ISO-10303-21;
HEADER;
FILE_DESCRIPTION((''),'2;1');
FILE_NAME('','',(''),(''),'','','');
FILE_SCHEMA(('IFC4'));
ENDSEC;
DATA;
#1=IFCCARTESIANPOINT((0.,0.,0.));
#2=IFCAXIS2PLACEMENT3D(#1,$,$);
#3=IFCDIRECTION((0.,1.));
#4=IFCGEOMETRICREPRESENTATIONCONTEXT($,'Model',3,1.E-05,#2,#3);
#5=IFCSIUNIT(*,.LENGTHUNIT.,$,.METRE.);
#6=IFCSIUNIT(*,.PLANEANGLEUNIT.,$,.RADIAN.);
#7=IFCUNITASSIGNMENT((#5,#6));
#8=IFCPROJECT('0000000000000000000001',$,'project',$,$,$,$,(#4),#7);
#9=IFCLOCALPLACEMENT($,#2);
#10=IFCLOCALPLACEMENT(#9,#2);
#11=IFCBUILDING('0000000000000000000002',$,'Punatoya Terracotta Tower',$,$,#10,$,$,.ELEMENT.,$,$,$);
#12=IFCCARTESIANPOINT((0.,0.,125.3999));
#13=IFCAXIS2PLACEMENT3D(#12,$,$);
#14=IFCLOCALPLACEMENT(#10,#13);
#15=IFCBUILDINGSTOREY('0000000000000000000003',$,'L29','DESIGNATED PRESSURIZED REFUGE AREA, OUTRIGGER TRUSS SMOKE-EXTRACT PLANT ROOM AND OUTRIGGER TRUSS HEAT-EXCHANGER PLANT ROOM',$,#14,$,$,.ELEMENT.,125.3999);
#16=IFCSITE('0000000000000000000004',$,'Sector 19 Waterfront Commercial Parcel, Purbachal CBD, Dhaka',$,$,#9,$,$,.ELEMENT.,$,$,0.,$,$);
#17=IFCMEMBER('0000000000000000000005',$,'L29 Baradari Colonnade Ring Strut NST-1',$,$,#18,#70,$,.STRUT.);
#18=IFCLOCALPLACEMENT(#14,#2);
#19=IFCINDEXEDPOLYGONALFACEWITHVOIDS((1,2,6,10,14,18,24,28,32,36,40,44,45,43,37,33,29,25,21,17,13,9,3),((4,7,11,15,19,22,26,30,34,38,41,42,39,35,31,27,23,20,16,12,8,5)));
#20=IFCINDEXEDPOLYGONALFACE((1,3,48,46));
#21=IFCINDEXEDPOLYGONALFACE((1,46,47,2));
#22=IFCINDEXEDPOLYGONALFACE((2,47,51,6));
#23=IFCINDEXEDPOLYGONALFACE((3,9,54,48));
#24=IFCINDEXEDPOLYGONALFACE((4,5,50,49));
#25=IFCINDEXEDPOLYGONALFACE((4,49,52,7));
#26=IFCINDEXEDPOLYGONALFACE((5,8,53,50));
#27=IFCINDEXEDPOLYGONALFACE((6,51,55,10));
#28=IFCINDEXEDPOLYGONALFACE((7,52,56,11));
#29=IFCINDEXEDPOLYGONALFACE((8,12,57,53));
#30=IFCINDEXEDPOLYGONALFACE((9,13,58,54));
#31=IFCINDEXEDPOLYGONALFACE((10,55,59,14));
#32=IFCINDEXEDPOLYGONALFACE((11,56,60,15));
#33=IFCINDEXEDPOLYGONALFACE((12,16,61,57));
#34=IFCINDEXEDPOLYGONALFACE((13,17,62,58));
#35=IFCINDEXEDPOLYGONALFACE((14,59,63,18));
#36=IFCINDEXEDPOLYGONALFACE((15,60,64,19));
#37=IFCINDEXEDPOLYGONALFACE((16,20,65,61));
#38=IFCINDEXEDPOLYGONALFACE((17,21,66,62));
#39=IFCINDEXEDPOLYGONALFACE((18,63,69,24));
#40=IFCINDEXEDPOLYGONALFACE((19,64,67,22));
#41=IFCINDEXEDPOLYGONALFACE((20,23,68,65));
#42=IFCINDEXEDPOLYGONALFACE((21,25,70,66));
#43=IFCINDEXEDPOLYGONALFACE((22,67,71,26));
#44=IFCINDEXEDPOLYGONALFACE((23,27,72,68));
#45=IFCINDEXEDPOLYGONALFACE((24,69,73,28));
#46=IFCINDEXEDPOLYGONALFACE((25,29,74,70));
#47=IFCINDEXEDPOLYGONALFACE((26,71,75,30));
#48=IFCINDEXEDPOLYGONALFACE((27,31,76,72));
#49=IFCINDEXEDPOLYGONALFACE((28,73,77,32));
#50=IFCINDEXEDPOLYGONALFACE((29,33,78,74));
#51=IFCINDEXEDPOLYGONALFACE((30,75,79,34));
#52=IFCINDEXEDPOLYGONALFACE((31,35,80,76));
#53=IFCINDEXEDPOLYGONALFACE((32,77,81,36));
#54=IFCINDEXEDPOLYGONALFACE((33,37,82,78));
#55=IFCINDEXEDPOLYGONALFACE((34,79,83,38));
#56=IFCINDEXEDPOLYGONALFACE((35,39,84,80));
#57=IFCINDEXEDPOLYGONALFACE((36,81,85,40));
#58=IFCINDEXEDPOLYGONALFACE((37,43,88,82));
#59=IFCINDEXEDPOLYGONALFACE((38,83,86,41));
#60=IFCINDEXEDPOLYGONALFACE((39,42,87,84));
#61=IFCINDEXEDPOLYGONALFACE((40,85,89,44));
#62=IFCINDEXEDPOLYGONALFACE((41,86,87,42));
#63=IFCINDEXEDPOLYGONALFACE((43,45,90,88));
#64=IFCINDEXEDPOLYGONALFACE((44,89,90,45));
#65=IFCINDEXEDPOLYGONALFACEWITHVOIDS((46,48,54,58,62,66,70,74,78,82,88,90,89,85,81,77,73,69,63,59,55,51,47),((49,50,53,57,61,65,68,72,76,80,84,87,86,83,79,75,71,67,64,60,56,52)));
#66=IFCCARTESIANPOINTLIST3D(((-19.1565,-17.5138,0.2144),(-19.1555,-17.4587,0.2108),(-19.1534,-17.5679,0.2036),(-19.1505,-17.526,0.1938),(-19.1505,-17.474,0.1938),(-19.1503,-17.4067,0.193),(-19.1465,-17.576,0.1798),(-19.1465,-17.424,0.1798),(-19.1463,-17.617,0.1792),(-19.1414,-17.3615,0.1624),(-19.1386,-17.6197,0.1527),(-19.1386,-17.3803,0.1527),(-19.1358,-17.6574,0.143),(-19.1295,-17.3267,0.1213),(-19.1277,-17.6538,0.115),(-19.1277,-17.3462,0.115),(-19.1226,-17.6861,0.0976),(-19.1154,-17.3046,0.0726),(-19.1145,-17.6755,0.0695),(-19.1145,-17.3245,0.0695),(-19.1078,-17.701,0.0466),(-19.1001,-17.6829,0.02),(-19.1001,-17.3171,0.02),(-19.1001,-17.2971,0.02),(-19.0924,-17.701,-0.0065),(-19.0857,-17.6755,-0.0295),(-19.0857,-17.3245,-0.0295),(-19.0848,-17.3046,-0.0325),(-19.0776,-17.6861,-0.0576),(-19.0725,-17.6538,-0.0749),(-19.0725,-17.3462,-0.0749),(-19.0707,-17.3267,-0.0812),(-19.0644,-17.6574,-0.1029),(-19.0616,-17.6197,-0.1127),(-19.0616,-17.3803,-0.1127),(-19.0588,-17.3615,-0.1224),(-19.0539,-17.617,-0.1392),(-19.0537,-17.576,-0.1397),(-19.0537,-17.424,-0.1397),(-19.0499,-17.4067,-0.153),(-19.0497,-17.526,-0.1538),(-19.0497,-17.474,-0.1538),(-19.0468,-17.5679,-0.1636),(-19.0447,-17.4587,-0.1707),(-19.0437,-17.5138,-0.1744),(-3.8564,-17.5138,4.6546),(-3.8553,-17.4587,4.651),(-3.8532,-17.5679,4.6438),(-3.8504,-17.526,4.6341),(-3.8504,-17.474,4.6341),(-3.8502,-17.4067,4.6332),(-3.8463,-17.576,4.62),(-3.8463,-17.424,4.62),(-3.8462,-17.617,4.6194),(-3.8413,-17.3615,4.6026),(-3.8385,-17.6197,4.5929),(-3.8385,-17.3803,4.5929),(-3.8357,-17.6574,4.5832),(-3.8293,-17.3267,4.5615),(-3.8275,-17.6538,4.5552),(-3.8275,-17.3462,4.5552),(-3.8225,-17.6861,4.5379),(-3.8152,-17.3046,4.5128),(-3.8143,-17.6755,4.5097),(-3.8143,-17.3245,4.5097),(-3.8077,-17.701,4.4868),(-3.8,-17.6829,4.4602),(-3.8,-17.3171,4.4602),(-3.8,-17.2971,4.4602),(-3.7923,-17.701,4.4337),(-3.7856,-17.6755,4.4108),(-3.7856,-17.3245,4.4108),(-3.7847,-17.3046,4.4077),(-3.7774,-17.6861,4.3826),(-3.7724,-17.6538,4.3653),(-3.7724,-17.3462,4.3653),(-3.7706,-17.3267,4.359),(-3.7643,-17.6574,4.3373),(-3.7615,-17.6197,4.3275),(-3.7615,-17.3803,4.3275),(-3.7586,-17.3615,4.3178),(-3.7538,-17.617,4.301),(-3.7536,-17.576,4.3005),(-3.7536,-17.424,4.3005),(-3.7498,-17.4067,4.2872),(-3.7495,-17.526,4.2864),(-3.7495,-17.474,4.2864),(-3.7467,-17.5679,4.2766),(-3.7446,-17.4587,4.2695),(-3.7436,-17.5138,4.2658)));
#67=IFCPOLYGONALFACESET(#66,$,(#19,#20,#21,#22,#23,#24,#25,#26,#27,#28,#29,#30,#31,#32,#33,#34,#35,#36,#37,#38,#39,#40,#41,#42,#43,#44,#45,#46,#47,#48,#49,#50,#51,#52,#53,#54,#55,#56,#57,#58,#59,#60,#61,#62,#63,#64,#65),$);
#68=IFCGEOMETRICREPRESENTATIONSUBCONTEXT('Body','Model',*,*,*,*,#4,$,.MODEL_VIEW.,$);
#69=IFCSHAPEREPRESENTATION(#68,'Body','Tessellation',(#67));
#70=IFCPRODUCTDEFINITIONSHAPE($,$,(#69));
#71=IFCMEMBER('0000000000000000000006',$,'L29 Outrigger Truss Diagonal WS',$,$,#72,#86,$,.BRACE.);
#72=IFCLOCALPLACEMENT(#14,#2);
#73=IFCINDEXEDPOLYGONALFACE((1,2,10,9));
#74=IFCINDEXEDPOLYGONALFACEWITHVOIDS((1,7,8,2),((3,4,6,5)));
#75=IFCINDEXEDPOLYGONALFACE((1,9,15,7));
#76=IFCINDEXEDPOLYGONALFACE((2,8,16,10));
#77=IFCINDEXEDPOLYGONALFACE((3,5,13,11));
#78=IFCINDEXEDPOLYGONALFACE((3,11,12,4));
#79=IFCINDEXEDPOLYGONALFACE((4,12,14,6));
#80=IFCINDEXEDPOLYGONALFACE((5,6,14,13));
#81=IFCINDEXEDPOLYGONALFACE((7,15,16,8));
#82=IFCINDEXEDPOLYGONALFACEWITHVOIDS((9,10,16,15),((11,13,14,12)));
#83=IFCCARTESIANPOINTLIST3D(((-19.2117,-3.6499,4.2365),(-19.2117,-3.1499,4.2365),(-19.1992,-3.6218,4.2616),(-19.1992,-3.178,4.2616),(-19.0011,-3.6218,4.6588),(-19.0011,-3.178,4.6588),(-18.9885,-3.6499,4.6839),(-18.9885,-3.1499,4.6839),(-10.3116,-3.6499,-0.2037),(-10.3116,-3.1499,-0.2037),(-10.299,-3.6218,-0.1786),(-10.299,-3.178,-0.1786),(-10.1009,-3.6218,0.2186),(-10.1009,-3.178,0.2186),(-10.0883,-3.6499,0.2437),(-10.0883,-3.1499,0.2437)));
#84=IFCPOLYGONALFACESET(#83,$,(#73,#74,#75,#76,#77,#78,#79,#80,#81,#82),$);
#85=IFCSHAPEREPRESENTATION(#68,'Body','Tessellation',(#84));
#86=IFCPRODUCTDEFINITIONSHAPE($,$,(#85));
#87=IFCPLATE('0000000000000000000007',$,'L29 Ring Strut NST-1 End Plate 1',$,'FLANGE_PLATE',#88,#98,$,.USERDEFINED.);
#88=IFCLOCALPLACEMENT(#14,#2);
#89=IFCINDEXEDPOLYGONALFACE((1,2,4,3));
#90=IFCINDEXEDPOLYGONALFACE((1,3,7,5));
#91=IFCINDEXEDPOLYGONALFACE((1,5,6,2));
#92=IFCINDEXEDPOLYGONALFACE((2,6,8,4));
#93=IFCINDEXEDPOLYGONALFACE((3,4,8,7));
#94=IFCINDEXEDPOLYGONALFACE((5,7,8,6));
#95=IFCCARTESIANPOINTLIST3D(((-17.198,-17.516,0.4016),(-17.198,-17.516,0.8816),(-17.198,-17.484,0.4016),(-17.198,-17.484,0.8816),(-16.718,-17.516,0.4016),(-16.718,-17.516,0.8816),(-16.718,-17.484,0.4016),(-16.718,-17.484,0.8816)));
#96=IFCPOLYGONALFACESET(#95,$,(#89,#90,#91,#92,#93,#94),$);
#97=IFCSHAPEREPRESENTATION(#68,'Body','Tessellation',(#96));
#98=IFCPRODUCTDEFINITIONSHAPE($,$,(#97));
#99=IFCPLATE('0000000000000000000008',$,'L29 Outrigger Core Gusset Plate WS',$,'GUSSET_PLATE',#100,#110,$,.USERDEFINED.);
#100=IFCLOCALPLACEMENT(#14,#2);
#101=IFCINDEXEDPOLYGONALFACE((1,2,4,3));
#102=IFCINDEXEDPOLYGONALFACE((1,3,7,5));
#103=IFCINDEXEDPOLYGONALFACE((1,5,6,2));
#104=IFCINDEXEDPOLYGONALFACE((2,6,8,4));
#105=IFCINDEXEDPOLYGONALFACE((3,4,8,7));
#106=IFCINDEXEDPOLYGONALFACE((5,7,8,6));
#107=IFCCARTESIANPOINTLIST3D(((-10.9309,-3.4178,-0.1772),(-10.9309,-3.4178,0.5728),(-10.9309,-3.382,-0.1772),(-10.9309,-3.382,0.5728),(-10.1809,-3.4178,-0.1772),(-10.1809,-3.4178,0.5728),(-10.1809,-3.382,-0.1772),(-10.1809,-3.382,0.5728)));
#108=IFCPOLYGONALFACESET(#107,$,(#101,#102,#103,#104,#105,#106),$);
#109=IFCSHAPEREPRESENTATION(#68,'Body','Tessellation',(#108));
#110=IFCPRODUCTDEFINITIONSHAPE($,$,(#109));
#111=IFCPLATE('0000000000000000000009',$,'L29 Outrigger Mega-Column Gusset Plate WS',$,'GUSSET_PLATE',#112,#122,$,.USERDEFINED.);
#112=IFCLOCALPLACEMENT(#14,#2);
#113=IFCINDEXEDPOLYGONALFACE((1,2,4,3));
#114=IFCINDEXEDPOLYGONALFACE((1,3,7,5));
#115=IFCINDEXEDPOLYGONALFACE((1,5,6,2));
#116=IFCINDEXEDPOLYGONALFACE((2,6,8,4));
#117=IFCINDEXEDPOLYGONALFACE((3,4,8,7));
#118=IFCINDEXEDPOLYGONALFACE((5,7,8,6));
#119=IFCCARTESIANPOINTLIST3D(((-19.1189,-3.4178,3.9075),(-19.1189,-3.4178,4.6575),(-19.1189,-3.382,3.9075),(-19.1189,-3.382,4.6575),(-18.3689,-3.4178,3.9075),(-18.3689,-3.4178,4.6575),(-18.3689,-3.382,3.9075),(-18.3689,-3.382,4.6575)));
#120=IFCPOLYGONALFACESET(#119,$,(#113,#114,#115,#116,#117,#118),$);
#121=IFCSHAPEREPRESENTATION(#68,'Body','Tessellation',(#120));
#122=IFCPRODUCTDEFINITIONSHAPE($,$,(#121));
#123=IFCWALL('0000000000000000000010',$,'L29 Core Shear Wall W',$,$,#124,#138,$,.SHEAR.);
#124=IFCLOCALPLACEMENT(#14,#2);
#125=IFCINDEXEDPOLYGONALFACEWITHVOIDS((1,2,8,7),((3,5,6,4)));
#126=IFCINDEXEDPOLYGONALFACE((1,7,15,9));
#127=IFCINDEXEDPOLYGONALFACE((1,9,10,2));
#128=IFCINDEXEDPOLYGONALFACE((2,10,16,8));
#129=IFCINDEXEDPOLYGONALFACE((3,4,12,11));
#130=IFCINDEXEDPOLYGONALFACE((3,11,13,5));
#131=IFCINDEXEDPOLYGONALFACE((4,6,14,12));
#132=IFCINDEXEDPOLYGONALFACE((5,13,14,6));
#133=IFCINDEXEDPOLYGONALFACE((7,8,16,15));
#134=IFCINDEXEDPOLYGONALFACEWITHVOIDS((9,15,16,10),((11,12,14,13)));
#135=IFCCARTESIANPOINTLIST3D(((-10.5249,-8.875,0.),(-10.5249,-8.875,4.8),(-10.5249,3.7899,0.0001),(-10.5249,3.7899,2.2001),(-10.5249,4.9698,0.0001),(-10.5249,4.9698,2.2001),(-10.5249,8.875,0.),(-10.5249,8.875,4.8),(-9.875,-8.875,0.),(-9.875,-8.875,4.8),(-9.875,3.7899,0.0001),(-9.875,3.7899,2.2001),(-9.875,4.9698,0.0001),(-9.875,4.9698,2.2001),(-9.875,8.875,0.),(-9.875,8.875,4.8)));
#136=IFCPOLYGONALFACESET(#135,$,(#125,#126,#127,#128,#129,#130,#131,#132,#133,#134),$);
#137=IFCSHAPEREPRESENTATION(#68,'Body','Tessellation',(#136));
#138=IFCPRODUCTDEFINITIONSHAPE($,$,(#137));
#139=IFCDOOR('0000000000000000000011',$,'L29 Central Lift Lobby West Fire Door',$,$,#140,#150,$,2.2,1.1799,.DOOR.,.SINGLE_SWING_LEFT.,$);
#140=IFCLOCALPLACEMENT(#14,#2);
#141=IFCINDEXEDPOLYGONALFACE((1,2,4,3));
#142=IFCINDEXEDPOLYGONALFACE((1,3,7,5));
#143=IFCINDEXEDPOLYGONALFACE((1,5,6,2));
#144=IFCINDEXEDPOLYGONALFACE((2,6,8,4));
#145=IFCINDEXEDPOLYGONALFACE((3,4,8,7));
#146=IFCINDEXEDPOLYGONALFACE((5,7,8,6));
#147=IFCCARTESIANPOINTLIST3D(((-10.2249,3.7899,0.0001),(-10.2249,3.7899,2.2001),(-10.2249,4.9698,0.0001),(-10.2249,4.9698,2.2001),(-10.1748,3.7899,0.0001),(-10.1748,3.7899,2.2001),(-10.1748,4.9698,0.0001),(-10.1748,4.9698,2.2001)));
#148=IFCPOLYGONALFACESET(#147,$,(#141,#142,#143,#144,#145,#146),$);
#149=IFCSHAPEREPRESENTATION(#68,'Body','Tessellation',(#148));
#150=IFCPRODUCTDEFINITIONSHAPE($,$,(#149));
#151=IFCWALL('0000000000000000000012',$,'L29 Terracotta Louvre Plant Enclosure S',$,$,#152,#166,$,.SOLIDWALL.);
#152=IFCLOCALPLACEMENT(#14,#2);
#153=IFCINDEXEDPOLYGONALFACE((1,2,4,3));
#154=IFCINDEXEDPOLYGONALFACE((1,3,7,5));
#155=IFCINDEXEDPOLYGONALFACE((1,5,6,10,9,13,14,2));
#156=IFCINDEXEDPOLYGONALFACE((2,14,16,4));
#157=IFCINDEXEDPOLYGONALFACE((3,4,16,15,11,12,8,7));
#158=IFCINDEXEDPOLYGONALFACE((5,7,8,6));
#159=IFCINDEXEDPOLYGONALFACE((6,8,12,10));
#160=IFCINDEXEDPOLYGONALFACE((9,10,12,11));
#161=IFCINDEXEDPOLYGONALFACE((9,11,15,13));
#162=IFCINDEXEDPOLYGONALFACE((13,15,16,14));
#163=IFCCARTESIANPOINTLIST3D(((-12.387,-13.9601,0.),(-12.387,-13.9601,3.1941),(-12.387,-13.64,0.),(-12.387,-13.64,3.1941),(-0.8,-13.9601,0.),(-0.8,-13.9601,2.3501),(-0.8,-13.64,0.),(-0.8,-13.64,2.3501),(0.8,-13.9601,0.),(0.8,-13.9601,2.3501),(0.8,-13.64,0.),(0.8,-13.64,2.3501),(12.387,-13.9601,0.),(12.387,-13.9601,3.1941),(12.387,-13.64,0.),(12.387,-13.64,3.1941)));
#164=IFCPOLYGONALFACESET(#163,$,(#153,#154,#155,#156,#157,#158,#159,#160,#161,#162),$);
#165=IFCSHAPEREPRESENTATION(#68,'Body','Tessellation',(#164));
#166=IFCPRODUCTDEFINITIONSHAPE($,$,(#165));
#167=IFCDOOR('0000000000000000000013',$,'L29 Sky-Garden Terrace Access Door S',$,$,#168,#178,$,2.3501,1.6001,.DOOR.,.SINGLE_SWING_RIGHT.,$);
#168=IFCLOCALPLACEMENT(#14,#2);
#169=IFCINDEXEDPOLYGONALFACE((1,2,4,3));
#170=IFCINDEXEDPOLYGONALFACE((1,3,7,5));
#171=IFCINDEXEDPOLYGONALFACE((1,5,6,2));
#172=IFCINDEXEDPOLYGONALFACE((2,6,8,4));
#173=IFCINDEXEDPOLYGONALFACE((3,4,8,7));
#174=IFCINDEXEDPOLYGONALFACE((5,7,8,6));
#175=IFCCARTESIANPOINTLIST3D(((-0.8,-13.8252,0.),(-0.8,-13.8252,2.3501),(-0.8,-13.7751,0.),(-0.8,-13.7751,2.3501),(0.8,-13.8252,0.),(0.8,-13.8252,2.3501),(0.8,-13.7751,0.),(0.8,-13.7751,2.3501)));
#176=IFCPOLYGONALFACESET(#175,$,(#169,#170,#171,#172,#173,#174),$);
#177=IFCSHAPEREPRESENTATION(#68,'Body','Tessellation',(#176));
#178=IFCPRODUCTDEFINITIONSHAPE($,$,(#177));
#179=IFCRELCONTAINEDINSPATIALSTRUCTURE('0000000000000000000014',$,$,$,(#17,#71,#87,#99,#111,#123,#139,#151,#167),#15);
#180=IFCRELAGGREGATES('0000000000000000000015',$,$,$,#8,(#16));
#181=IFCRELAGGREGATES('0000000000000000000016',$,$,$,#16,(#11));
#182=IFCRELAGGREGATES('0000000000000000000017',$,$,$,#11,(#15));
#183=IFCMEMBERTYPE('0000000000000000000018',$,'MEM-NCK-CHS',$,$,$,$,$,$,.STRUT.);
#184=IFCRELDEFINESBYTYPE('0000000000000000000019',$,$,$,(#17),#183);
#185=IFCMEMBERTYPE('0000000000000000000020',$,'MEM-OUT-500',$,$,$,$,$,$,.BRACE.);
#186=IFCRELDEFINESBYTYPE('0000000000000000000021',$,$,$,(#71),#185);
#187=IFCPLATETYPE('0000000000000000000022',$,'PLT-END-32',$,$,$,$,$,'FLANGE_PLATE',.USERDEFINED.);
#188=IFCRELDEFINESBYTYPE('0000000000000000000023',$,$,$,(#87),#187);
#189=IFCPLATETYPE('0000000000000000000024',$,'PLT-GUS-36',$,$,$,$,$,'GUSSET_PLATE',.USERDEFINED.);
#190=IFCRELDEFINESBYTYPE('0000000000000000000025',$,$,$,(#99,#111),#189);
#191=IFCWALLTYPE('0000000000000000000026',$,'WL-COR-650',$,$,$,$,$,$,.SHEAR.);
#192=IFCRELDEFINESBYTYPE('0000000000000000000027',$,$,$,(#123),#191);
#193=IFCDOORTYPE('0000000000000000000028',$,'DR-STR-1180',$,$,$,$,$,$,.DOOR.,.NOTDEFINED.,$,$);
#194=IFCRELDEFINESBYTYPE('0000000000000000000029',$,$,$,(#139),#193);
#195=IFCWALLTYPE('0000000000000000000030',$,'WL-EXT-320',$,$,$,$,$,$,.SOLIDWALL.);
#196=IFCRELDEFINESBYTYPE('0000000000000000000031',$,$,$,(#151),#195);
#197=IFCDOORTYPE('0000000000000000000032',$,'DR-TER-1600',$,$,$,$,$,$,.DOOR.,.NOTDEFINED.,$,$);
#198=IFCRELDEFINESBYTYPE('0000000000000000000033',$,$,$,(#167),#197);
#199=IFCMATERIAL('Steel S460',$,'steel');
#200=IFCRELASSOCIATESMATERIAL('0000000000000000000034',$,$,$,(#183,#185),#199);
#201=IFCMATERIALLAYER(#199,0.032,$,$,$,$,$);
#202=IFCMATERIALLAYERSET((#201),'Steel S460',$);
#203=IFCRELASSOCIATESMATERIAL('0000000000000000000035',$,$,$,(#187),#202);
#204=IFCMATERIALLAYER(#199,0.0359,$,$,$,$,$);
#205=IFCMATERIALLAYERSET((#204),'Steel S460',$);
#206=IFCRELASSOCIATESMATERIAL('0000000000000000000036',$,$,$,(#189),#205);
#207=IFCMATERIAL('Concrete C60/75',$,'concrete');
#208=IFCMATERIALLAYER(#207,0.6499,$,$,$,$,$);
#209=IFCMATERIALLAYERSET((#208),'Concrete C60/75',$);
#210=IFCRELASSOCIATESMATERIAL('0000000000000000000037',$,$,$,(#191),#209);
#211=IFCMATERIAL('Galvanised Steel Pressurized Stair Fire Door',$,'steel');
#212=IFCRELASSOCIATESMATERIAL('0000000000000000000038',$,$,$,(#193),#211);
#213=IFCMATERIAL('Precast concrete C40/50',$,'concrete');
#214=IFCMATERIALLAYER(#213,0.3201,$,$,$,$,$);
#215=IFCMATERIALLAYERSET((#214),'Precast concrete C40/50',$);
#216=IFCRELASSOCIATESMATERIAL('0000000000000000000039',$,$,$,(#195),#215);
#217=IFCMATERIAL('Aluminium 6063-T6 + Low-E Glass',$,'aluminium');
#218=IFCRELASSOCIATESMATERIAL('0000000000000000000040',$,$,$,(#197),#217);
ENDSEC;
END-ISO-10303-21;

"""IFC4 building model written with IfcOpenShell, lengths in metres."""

from ifc_helpers import new_model, si_unit, direction, frame, frame_2d, origin, origin_2d, place, context, subcontext, project, spatial, rectangle, hollow_rectangle, hollow_circle, extrude, material, layer, layer_set, material_profile, profile_set, type_object, element, fill, save


model = new_model("IFC4")

# Units and contexts
model_context = context("Model", 3, precision=1e-05, world=origin(), true_north=direction((0.0, 1.0)))
body_context = subcontext(model_context, "Body", "Model", "MODEL_VIEW")
ifc_project = project(units=[si_unit("LENGTHUNIT", "METRE"), si_unit("PLANEANGLEUNIT", "RADIAN")], contexts=[model_context])

# Site, building, storey
site_placement = place(None, origin())
site = spatial("IfcSite", under=ifc_project, at=site_placement, Name="Sector 19 Waterfront Commercial Parcel, Purbachal CBD, Dhaka", CompositionType="ELEMENT", RefElevation=0.0)
building_placement = place(site_placement, origin())
building = spatial("IfcBuilding", under=site, at=building_placement, Name="Punatoya Terracotta Tower", CompositionType="ELEMENT")
storey_placement = place(building_placement, frame((0.0, 0.0, 125.3999)))
storey = spatial("IfcBuildingStorey", under=building, at=storey_placement, Name="L29", Description="DESIGNATED PRESSURIZED REFUGE AREA, OUTRIGGER TRUSS SMOKE-EXTRACT PLANT ROOM AND OUTRIGGER TRUSS HEAT-EXCHANGER PLANT ROOM", CompositionType="ELEMENT", Elevation=125.3999)

# Shared definitions
ifc_material_1 = material(Name="Steel S460", Category="steel")

# Members
ifc_material_profile_1 = material_profile(ifc_material_1, hollow_circle(Radius=0.2029, WallThickness=0.02, at=origin_2d()))
ifc_profile_set_1 = profile_set([ifc_material_profile_1], Name="Steel S460")
member_type_1 = type_object("IfcMemberType", Name="MEM-NCK-CHS", PredefinedType="STRUT", material=ifc_profile_set_1)
member_1_placement = place(storey_placement, frame((-19.1001, -17.5, 0.02), z_axis=(0.960376, 0.0, 0.278708), x_axis=(0.0, 1.0, 0.0)))
element("IfcMember", 1, at=member_1_placement, inside=storey, type_object=member_type_1, Name="L29 Baradari Colonnade Ring Strut NST-1", PredefinedType="STRUT", context=body_context, shape_type="SweptSolid", body=[
    extrude(hollow_circle(Radius=0.2029, WallThickness=0.02, at=origin_2d()), origin(), (0.0, 0.0, 1.0), 15.9314),
])
ifc_material_profile_2 = material_profile(ifc_material_1, hollow_rectangle(XDim=0.5, YDim=0.5, WallThickness=0.0281, at=origin_2d()))
ifc_profile_set_2 = profile_set([ifc_material_profile_2], Name="Steel S460")
member_type_2 = type_object("IfcMemberType", Name="MEM-OUT-500", PredefinedType="BRACE", material=ifc_profile_set_2)
member_2_placement = place(storey_placement, frame((-10.2, -3.3999, 0.02), z_axis=(-0.894824, 0.0, 0.446418), x_axis=(0.0, -1.0, 0.0)))
element("IfcMember", 2, at=member_2_placement, inside=storey, type_object=member_type_2, Name="L29 Outrigger Truss Diagonal WS", PredefinedType="BRACE", context=body_context, shape_type="SweptSolid", body=[
    extrude(hollow_rectangle(XDim=0.5, YDim=0.5, WallThickness=0.0281, at=origin_2d()), origin(), (0.0, 0.0, 1.0), 9.9463),
])

# Plates
ifc_layer_1 = layer(ifc_material_1, 0.032)
ifc_layer_set_1 = layer_set([ifc_layer_1], Name="Steel S460")
plate_type_1 = type_object("IfcPlateType", Name="PLT-END-32", ElementType="FLANGE_PLATE", PredefinedType="USERDEFINED", material=ifc_layer_set_1)
plate_placement = place(storey_placement, frame((-16.958, -17.5, 0.4016), z_axis=(0.0, 0.0, 1.0), x_axis=(1.0, 0.0, 0.0)))
element("IfcPlate", 3, at=plate_placement, inside=storey, type_object=plate_type_1, Name="L29 Ring Strut NST-1 End Plate 1", ObjectType="FLANGE_PLATE", PredefinedType="USERDEFINED", context=body_context, shape_type="SweptSolid", body=[
    extrude(rectangle(XDim=0.48, YDim=0.032, at=origin_2d()), origin(), (0.0, 0.0, 1.0), 0.48),
])
ifc_layer_2 = layer(ifc_material_1, 0.0359)
ifc_layer_set_2 = layer_set([ifc_layer_2], Name="Steel S460")
plate_type_2 = type_object("IfcPlateType", Name="PLT-GUS-36", ElementType="GUSSET_PLATE", PredefinedType="USERDEFINED", material=ifc_layer_set_2)
for number, where, z_axis, x_axis, name in (
    (4, (-10.5559, -3.3999, -0.1772), (0.0, 0.0, 1.0), (1.0, 0.0, 0.0), "L29 Outrigger Core Gusset Plate WS"),
    (5, (-18.7439, -3.3999, 3.9075), (0.0, 0.0, 1.0), (1.0, 0.0, 0.0), "L29 Outrigger Mega-Column Gusset Plate WS"),
):
    element("IfcPlate", number, at=place(storey_placement, frame(where, z_axis=z_axis, x_axis=x_axis)), inside=storey, type_object=plate_type_2, Name=name, ObjectType="GUSSET_PLATE", PredefinedType="USERDEFINED", context=body_context, shape_type="SweptSolid", body=[
        extrude(rectangle(XDim=0.75, YDim=0.0359, at=origin_2d()), origin(), (0.0, 0.0, 1.0), 0.75),
    ])

# Walls, openings, doors
ifc_material_2 = material(Name="Concrete C60/75", Category="concrete")
ifc_layer_3 = layer(ifc_material_2, 0.6499)
ifc_layer_set_3 = layer_set([ifc_layer_3], Name="Concrete C60/75")
wall_type_1 = type_object("IfcWallType", Name="WL-COR-650", PredefinedType="SHEAR", material=ifc_layer_set_3)
wall_1_placement = place(storey_placement, frame((-10.2, -8.875, 0.0), z_axis=(0.0, 0.0, 1.0), x_axis=(0.0, 1.0, 0.0)))
wall_1 = element("IfcWall", 6, at=wall_1_placement, inside=storey, type_object=wall_type_1, Name="L29 Core Shear Wall W", PredefinedType="SHEAR", context=body_context, shape_type="SweptSolid", body=[
    extrude(rectangle(XDim=17.75, YDim=0.6499, at=frame_2d((8.875, 0.0))), origin(), (0.0, 0.0, 1.0), 4.8),
])
opening_1_placement = place(wall_1_placement, frame((12.665, 0.0, 0.0)))
opening_1 = element("IfcOpeningElement", 7, at=opening_1_placement, cuts=wall_1, PredefinedType="OPENING", context=body_context, shape_type="SweptSolid", body=[
    extrude(rectangle(XDim=1.1799, YDim=2.2, at=frame_2d((0.5898, 1.1001))), frame((0.0, 0.335, 0.0), z_axis=(0.0, -1.0, 0.0), x_axis=(1.0, 0.0, 0.0)), (0.0, 0.0, 1.0), 0.6699),
])
ifc_material_3 = material(Name="Galvanised Steel Pressurized Stair Fire Door", Category="steel")
door_type_1 = type_object("IfcDoorType", Name="DR-STR-1180", OperationType="NOTDEFINED", PredefinedType="DOOR", material=ifc_material_3)
door_1_placement = place(opening_1_placement, origin())
door_1 = element("IfcDoor", 8, at=door_1_placement, inside=storey, type_object=door_type_1, Name="L29 Central Lift Lobby West Fire Door", OperationType="SINGLE_SWING_LEFT", OverallHeight=2.2, OverallWidth=1.1799, PredefinedType="DOOR", context=body_context, shape_type="SweptSolid", body=[
    extrude(rectangle(XDim=1.1799, YDim=2.2, at=frame_2d((0.5898, 1.1001))), frame((0.0, 0.0249, 0.0), z_axis=(0.0, -1.0, 0.0), x_axis=(1.0, 0.0, 0.0)), (0.0, 0.0, 1.0), 0.05),
])
fill(opening_1, door_1)
ifc_material_4 = material(Name="Precast concrete C40/50", Category="concrete")
ifc_layer_4 = layer(ifc_material_4, 0.3201)
ifc_layer_set_4 = layer_set([ifc_layer_4], Name="Precast concrete C40/50")
wall_type_2 = type_object("IfcWallType", Name="WL-EXT-320", PredefinedType="SOLIDWALL", material=ifc_layer_set_4)
wall_2_placement = place(storey_placement, frame((-12.387, -13.8, 0.0), z_axis=(0.0, 0.0, 1.0), x_axis=(1.0, 0.0, 0.0)))
wall_2 = element("IfcWall", 9, at=wall_2_placement, inside=storey, type_object=wall_type_2, Name="L29 Terracotta Louvre Plant Enclosure S", PredefinedType="SOLIDWALL", context=body_context, shape_type="SweptSolid", body=[
    extrude(rectangle(XDim=24.7739, YDim=0.3201, at=frame_2d((12.387, 0.0))), origin(), (0.0, 0.0, 1.0), 3.1941),
])
opening_2_placement = place(wall_2_placement, frame((11.5869, 0.0, 0.0)))
opening_2 = element("IfcOpeningElement", 10, at=opening_2_placement, cuts=wall_2, PredefinedType="OPENING", context=body_context, shape_type="SweptSolid", body=[
    extrude(rectangle(XDim=1.6001, YDim=2.3501, at=frame_2d((0.8, 1.175))), frame((0.0, 0.1699, 0.0), z_axis=(0.0, -1.0, 0.0), x_axis=(1.0, 0.0, 0.0)), (0.0, 0.0, 1.0), 0.3401),
])
ifc_material_5 = material(Name="Aluminium 6063-T6 + Low-E Glass", Category="aluminium")
door_type_2 = type_object("IfcDoorType", Name="DR-TER-1600", OperationType="NOTDEFINED", PredefinedType="DOOR", material=ifc_material_5)
door_2_placement = place(opening_2_placement, origin())
door_2 = element("IfcDoor", 11, at=door_2_placement, inside=storey, type_object=door_type_2, Name="L29 Sky-Garden Terrace Access Door S", OperationType="SINGLE_SWING_RIGHT", OverallHeight=2.3501, OverallWidth=1.6001, PredefinedType="DOOR", context=body_context, shape_type="SweptSolid", body=[
    extrude(rectangle(XDim=1.6001, YDim=2.3501, at=frame_2d((0.8, 1.175))), frame((0.0, 0.0249, 0.0), z_axis=(0.0, -1.0, 0.0), x_axis=(1.0, 0.0, 0.0)), (0.0, 0.0, 1.0), 0.05),
])
fill(opening_2, door_2)

save(model, "model.ifc")
